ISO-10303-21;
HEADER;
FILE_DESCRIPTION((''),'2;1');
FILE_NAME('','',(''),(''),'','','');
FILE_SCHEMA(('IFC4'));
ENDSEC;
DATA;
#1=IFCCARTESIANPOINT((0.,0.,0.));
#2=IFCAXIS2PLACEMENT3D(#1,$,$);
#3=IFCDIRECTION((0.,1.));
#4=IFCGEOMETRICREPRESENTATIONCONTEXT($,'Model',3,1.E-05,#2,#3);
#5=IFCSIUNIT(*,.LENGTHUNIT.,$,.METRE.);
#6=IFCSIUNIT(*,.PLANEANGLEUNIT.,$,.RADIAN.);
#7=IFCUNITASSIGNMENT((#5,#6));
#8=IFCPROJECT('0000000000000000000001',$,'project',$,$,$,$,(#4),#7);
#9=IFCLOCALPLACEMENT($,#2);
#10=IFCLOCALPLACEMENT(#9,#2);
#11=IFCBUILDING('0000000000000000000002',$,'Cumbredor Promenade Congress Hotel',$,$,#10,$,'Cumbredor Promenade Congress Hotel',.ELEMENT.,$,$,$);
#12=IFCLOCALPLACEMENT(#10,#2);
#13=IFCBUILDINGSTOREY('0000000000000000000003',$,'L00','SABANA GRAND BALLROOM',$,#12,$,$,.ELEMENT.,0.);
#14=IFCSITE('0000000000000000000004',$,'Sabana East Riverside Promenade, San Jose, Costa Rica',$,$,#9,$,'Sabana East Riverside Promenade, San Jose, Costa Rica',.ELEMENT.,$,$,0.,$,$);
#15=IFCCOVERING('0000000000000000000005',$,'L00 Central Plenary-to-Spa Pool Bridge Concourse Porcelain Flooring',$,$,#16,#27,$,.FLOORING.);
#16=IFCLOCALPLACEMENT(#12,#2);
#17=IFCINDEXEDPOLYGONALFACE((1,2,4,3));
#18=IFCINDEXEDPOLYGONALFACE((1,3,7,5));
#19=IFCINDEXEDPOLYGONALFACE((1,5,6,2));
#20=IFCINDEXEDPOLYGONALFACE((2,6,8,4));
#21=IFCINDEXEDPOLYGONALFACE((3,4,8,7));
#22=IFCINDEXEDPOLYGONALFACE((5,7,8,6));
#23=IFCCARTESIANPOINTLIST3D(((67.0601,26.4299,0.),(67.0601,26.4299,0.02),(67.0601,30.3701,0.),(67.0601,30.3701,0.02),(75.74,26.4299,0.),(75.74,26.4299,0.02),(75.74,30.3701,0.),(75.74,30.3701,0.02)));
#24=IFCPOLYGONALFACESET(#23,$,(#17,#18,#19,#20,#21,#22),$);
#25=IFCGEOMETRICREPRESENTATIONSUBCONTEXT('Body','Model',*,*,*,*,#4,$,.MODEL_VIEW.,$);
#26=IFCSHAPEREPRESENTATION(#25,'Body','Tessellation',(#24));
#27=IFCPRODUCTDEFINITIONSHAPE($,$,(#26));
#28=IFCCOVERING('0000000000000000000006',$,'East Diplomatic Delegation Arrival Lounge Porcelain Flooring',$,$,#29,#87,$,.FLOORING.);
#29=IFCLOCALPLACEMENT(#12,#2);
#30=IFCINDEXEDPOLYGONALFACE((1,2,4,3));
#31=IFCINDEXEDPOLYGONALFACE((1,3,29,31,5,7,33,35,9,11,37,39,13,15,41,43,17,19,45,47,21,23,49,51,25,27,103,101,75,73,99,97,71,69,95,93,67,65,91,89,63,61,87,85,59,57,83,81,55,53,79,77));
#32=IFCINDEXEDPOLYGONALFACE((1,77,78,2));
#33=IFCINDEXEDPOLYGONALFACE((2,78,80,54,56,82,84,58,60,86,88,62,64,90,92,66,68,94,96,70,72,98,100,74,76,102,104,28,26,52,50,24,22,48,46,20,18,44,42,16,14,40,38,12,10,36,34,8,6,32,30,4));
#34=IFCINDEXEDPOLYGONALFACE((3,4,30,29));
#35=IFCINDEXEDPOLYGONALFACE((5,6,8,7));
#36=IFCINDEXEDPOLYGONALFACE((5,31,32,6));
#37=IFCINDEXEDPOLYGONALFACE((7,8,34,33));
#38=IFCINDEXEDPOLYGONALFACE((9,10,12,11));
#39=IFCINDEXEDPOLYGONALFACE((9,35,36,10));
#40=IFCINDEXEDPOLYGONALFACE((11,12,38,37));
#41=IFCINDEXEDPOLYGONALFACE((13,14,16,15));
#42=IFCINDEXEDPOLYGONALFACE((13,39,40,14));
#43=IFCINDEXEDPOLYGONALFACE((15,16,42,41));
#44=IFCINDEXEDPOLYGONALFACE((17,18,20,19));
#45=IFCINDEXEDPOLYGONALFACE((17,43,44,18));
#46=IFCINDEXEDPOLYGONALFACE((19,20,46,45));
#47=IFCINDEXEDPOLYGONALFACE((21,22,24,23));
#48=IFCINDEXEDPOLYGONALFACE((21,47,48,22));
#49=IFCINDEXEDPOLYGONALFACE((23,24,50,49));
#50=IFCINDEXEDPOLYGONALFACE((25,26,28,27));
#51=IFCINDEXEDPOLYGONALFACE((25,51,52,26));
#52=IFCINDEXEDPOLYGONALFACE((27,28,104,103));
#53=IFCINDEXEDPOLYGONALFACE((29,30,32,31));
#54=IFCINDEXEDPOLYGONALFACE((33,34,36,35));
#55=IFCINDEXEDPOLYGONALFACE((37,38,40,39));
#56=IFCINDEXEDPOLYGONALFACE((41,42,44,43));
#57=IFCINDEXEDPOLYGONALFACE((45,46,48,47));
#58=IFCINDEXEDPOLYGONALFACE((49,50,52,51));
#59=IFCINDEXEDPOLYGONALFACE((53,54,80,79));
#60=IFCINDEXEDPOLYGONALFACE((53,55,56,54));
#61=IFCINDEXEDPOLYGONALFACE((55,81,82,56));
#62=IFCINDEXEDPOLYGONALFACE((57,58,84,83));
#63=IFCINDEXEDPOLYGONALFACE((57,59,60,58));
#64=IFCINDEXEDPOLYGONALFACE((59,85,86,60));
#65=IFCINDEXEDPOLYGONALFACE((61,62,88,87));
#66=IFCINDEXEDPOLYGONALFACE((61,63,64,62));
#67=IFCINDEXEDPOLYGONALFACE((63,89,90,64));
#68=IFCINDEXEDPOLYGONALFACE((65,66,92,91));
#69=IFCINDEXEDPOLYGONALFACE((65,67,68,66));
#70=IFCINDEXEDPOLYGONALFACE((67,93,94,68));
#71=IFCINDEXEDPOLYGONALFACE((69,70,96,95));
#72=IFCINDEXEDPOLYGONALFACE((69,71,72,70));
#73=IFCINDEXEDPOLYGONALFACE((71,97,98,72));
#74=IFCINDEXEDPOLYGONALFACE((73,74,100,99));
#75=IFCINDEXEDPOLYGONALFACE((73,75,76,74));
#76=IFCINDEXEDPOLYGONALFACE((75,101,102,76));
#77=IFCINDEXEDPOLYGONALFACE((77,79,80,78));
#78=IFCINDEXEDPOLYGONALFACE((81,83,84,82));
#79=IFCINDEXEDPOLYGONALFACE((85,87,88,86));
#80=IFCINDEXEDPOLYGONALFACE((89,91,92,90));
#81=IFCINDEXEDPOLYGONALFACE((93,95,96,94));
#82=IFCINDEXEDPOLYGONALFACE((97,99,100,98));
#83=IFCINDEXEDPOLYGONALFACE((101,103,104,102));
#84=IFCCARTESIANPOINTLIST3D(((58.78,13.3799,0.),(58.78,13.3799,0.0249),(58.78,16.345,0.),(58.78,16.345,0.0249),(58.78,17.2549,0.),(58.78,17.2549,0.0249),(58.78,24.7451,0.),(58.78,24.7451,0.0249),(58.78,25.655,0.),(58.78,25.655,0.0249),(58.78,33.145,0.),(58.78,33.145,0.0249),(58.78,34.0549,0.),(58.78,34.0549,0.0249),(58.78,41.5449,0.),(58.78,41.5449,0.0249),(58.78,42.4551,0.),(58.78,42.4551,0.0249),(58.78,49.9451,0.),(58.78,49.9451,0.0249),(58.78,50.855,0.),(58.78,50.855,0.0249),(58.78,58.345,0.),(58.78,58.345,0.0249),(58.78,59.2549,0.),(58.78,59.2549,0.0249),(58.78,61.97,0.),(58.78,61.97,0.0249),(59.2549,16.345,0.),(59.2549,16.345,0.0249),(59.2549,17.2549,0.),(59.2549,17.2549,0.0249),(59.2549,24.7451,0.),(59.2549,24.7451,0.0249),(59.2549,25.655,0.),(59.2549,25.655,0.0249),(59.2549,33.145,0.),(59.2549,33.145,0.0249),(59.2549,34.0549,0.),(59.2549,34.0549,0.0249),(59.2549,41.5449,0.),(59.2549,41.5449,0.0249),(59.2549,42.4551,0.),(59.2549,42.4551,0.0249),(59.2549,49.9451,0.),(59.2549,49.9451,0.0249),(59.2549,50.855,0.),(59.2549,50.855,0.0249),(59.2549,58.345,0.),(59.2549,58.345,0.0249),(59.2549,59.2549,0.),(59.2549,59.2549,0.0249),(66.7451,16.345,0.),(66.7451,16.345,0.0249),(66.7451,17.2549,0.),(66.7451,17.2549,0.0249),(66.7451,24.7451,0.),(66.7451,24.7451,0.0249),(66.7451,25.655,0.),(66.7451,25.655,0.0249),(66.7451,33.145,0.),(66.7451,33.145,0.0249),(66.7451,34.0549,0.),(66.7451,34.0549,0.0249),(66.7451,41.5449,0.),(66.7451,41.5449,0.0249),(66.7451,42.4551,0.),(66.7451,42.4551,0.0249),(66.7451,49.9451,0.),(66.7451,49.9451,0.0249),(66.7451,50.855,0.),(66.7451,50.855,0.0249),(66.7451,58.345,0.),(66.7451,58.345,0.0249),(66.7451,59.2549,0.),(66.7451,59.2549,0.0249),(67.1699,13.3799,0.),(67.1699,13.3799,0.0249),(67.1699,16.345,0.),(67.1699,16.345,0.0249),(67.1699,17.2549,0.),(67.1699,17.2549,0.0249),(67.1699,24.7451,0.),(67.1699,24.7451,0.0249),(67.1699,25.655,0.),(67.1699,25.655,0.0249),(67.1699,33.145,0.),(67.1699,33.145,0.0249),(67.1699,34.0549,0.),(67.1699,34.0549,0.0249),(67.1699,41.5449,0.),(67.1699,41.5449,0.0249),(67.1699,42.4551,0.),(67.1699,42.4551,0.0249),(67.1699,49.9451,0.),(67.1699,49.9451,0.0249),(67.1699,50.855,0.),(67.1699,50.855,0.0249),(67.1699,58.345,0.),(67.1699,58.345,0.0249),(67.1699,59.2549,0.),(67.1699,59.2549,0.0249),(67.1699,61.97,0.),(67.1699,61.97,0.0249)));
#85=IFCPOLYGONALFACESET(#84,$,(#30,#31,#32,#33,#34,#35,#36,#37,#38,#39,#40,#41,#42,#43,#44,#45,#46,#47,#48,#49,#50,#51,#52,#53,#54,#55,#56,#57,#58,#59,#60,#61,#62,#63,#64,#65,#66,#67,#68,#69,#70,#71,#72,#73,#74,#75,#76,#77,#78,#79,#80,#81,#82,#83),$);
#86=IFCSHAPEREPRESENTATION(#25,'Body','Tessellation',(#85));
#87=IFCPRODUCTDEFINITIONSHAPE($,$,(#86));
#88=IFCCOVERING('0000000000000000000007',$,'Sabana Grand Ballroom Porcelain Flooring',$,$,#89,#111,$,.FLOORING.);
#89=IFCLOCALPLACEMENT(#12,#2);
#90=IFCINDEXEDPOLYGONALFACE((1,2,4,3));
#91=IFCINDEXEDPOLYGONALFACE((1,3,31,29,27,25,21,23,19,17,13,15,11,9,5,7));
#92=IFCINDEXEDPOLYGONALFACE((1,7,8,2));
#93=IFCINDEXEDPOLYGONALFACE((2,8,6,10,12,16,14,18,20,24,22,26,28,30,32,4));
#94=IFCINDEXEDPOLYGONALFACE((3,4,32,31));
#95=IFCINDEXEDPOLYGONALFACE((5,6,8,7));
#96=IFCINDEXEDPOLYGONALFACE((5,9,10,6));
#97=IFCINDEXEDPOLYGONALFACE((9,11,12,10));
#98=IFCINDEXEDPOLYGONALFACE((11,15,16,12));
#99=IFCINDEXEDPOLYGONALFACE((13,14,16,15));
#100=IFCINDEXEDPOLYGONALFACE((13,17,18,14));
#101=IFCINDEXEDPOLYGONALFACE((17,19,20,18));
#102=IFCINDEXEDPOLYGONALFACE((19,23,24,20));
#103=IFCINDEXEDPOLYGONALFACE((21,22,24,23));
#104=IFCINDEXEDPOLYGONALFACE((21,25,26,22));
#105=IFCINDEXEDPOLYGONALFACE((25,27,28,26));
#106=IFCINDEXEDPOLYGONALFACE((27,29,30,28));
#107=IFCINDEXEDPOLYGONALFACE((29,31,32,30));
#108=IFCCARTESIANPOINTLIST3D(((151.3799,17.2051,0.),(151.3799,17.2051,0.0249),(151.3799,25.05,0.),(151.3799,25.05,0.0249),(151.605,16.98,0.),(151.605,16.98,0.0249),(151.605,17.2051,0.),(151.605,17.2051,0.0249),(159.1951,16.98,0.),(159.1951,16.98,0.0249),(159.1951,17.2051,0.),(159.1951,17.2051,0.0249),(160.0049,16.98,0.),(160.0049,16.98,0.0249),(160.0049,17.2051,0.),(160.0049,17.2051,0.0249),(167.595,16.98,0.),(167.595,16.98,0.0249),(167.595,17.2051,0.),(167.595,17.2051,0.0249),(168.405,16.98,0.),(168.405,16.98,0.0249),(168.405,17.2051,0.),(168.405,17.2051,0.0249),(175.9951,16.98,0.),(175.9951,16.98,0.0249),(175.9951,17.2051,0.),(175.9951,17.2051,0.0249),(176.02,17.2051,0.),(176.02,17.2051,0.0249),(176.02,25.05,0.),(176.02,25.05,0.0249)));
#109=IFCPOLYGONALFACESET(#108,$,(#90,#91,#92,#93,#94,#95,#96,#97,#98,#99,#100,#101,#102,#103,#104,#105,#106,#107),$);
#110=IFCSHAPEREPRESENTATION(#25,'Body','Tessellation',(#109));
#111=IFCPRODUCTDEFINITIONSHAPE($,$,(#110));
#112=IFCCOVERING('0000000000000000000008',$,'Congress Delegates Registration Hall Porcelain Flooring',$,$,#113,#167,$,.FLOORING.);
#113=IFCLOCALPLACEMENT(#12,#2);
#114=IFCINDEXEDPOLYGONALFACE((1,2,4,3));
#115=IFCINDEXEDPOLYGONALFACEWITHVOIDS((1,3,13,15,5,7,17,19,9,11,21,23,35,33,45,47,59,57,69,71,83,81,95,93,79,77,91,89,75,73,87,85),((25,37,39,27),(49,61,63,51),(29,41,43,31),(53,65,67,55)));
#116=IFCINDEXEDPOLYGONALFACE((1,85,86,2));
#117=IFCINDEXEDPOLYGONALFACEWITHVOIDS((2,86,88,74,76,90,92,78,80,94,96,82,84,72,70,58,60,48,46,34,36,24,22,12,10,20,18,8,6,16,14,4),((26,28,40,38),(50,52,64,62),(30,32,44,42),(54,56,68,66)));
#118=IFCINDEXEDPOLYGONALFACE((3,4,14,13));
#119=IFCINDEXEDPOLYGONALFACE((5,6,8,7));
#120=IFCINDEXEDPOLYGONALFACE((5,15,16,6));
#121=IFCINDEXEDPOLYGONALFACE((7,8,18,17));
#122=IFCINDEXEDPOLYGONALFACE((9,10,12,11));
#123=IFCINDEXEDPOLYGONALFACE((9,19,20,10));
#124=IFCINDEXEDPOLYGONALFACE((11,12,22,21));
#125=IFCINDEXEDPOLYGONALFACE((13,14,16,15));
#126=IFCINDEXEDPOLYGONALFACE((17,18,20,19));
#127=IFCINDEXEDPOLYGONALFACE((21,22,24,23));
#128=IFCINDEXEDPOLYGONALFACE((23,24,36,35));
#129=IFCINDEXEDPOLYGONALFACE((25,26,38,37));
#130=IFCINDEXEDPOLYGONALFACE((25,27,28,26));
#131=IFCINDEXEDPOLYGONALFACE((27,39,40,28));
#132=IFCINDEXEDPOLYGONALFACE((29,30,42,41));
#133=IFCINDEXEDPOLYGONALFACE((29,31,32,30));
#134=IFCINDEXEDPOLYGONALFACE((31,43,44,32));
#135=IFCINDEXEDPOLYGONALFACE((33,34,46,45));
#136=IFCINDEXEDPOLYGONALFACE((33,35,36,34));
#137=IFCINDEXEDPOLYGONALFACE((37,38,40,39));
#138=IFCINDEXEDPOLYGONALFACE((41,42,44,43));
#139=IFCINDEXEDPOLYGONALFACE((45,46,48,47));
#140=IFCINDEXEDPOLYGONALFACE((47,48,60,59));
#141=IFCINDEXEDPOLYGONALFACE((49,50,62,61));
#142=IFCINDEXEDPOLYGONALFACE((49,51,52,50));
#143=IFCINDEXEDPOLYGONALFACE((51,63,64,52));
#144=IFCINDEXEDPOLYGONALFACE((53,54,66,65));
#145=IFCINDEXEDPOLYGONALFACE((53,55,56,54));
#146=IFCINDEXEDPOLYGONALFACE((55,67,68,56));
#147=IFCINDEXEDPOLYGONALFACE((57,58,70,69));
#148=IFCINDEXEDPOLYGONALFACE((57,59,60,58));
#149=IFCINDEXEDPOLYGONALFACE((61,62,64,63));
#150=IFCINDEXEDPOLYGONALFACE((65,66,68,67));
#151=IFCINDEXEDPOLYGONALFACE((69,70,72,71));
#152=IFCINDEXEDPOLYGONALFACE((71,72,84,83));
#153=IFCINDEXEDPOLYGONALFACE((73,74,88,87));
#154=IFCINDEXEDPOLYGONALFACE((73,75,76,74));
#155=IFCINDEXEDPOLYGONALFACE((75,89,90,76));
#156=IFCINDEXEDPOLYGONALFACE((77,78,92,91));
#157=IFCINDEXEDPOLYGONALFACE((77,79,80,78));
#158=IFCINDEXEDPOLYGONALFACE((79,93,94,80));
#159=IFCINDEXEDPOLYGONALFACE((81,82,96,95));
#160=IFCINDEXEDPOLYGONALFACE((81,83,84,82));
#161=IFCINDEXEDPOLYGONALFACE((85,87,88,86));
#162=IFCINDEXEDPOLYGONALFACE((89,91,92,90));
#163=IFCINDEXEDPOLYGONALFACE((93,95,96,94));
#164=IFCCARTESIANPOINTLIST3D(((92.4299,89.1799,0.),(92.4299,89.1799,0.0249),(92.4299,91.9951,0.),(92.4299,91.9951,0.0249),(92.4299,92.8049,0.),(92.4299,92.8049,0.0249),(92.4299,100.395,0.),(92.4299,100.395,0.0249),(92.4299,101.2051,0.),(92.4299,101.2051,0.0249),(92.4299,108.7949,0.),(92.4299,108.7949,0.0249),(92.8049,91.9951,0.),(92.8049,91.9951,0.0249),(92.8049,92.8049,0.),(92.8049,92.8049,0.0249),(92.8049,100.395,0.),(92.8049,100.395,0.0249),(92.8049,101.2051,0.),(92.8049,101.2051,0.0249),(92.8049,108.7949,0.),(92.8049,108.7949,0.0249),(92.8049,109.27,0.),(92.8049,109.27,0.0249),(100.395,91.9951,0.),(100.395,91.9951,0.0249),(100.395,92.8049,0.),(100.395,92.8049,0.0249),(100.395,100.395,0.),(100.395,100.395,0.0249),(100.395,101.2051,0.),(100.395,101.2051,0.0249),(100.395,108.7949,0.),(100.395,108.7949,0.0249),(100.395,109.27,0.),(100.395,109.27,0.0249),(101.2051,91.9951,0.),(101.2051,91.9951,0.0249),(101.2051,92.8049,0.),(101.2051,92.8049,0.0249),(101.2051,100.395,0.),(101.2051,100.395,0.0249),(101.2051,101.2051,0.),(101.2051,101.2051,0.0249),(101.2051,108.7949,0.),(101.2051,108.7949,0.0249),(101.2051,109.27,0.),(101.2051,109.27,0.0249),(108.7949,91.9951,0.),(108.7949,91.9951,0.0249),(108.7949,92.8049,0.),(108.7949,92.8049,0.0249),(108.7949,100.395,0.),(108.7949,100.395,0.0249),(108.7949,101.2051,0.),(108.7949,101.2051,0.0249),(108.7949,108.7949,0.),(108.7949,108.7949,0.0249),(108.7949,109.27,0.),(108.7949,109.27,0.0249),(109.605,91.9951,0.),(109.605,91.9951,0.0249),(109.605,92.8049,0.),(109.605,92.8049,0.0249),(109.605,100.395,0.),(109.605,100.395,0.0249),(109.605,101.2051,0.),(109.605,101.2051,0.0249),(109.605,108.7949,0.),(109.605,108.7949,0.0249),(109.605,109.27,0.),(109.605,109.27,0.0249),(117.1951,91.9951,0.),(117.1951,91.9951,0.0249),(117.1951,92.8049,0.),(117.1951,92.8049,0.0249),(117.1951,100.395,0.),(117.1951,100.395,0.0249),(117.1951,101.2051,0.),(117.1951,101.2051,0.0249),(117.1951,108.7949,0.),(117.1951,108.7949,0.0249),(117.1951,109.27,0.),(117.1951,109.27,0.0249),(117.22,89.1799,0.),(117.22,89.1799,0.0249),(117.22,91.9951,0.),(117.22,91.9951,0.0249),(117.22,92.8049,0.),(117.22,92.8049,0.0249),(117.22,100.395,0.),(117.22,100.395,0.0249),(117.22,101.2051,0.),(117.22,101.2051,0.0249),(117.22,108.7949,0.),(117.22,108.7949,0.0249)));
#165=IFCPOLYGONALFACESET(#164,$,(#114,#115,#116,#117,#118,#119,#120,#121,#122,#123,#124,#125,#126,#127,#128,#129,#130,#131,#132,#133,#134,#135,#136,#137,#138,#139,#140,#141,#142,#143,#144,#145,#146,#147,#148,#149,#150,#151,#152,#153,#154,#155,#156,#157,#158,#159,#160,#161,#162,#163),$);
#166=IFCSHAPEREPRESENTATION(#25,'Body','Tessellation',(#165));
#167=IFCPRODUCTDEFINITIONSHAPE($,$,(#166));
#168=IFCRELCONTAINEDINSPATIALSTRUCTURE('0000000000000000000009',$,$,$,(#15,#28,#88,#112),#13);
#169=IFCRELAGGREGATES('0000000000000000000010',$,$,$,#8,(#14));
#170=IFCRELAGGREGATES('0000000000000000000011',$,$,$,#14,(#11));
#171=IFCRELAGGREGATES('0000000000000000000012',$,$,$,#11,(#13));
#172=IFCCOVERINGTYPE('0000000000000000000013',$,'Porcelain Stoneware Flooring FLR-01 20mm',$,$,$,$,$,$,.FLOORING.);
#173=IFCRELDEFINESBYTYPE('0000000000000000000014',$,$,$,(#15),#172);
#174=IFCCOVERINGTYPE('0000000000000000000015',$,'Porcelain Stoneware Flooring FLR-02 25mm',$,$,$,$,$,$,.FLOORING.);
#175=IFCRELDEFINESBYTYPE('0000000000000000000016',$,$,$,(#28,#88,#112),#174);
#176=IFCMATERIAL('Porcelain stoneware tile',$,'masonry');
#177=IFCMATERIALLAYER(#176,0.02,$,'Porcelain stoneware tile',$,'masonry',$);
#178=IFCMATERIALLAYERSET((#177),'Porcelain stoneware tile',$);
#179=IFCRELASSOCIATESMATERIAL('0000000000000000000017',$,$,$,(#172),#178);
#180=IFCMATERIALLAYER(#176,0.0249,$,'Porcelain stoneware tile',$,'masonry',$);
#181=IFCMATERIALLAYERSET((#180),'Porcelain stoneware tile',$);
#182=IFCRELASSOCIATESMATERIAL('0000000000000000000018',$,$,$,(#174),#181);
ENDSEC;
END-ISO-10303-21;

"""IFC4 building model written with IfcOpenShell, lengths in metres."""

from ifc_helpers import new_model, si_unit, direction, origin, place, context, subcontext, project, spatial, polyline, outline, extrude, material, layer, layer_set, type_object, element, save


model = new_model("IFC4")

# Units and contexts
model_context = context("Model", 3, precision=1e-05, world=origin(), true_north=direction((0.0, 1.0)))
body_context = subcontext(model_context, "Body", "Model", "MODEL_VIEW")
ifc_project = project(units=[si_unit("LENGTHUNIT", "METRE"), si_unit("PLANEANGLEUNIT", "RADIAN")], contexts=[model_context])

# Site, building, storey
site_placement = place(None, origin())
site = spatial("IfcSite", under=ifc_project, at=site_placement, Name="Sabana East Riverside Promenade, San Jose, Costa Rica", LongName="Sabana East Riverside Promenade, San Jose, Costa Rica", CompositionType="ELEMENT", RefElevation=0.0)
building_placement = place(site_placement, origin())
building = spatial("IfcBuilding", under=site, at=building_placement, Name="Cumbredor Promenade Congress Hotel", LongName="Cumbredor Promenade Congress Hotel", CompositionType="ELEMENT")
storey_placement = place(building_placement, origin())
storey = spatial("IfcBuildingStorey", under=building, at=storey_placement, Name="L00", Description="SABANA GRAND BALLROOM", CompositionType="ELEMENT", Elevation=0.0)

# Coverings
ifc_material_1 = material(Name="Porcelain stoneware tile", Category="masonry")
ifc_layer_1 = layer(ifc_material_1, 0.02, Name="Porcelain stoneware tile", Category="masonry")
ifc_layer_set_1 = layer_set([ifc_layer_1], Name="Porcelain stoneware tile")
covering_type_1 = type_object("IfcCoveringType", Name="Porcelain Stoneware Flooring FLR-01 20mm", PredefinedType="FLOORING", material=ifc_layer_set_1)
covering_1_placement = place(storey_placement, origin())
element("IfcCovering", 1, at=covering_1_placement, inside=storey, type_object=covering_type_1, Name="L00 Central Plenary-to-Spa Pool Bridge Concourse Porcelain Flooring", PredefinedType="FLOORING", context=body_context, shape_type="SweptSolid", body=[
    extrude(outline(polyline([(67.0601, 26.4299), (67.0601, 30.3701), (75.74, 30.3701), (75.74, 26.4299), (67.0601, 26.4299)])), origin(), (0.0, 0.0, 1.0), 0.02),
])
ifc_layer_2 = layer(ifc_material_1, 0.0249, Name="Porcelain stoneware tile", Category="masonry")
ifc_layer_set_2 = layer_set([ifc_layer_2], Name="Porcelain stoneware tile")
covering_type_2 = type_object("IfcCoveringType", Name="Porcelain Stoneware Flooring FLR-02 25mm", PredefinedType="FLOORING", material=ifc_layer_set_2)
covering_2_placement = place(storey_placement, origin())
element("IfcCovering", 2, at=covering_2_placement, inside=storey, type_object=covering_type_2, Name="East Diplomatic Delegation Arrival Lounge Porcelain Flooring", PredefinedType="FLOORING", context=body_context, shape_type="SweptSolid", body=[
    extrude(outline(polyline([(58.78, 34.0549), (58.78, 41.5449), (59.2549, 41.5449), (59.2549, 42.4551), (58.78, 42.4551), (58.78, 49.9451), (59.2549, 49.9451), (59.2549, 50.855), (58.78, 50.855), (58.78, 58.345), (59.2549, 58.345), (59.2549, 59.2549), (58.78, 59.2549), (58.78, 61.97), (67.1699, 61.97), (67.1699, 59.2549), (66.7451, 59.2549), (66.7451, 58.345), (67.1699, 58.345), (67.1699, 50.855), (66.7451, 50.855), (66.7451, 49.9451), (67.1699, 49.9451), (67.1699, 42.4551), (66.7451, 42.4551), (66.7451, 41.5449), (67.1699, 41.5449), (67.1699, 34.0549), (66.7451, 34.0549), (66.7451, 33.145), (67.1699, 33.145), (67.1699, 25.655), (66.7451, 25.655), (66.7451, 24.7451), (67.1699, 24.7451), (67.1699, 17.2549), (66.7451, 17.2549), (66.7451, 16.345), (67.1699, 16.345), (67.1699, 13.3799), (58.78, 13.3799), (58.78, 16.345), (59.2549, 16.345), (59.2549, 17.2549), (58.78, 17.2549), (58.78, 24.7451), (59.2549, 24.7451), (59.2549, 25.655), (58.78, 25.655), (58.78, 33.145), (59.2549, 33.145), (59.2549, 34.0549), (58.78, 34.0549)])), origin(), (0.0, 0.0, 1.0), 0.0249),
])
covering_3_placement = place(storey_placement, origin())
element("IfcCovering", 3, at=covering_3_placement, inside=storey, type_object=covering_type_2, Name="Sabana Grand Ballroom Porcelain Flooring", PredefinedType="FLOORING", context=body_context, shape_type="SweptSolid", body=[
    extrude(outline(polyline([(151.605, 17.2051), (151.3799, 17.2051), (151.3799, 25.05), (176.02, 25.05), (176.02, 17.2051), (175.9951, 17.2051), (175.9951, 16.98), (168.405, 16.98), (168.405, 17.2051), (167.595, 17.2051), (167.595, 16.98), (160.0049, 16.98), (160.0049, 17.2051), (159.1951, 17.2051), (159.1951, 16.98), (151.605, 16.98), (151.605, 17.2051)])), origin(), (0.0, 0.0, 1.0), 0.0249),
])
covering_4_placement = place(storey_placement, origin())
element("IfcCovering", 4, at=covering_4_placement, inside=storey, type_object=covering_type_2, Name="Congress Delegates Registration Hall Porcelain Flooring", PredefinedType="FLOORING", context=body_context, shape_type="SweptSolid", body=[
    extrude(outline(polyline([(100.395, 109.27), (100.395, 108.7949), (101.2051, 108.7949), (101.2051, 109.27), (108.7949, 109.27), (108.7949, 108.7949), (109.605, 108.7949), (109.605, 109.27), (117.1951, 109.27), (117.1951, 108.7949), (117.22, 108.7949), (117.22, 101.2051), (117.1951, 101.2051), (117.1951, 100.395), (117.22, 100.395), (117.22, 92.8049), (117.1951, 92.8049), (117.1951, 91.9951), (117.22, 91.9951), (117.22, 89.1799), (92.4299, 89.1799), (92.4299, 91.9951), (92.8049, 91.9951), (92.8049, 92.8049), (92.4299, 92.8049), (92.4299, 100.395), (92.8049, 100.395), (92.8049, 101.2051), (92.4299, 101.2051), (92.4299, 108.7949), (92.8049, 108.7949), (92.8049, 109.27), (100.395, 109.27)]), holes=[polyline([(101.2051, 92.8049), (100.395, 92.8049), (100.395, 91.9951), (101.2051, 91.9951), (101.2051, 92.8049)]), polyline([(101.2051, 100.395), (101.2051, 101.2051), (100.395, 101.2051), (100.395, 100.395), (101.2051, 100.395)]), polyline([(108.7949, 92.8049), (108.7949, 91.9951), (109.605, 91.9951), (109.605, 92.8049), (108.7949, 92.8049)]), polyline([(109.605, 101.2051), (108.7949, 101.2051), (108.7949, 100.395), (109.605, 100.395), (109.605, 101.2051)])]), origin(), (0.0, 0.0, 1.0), 0.0249),
])

save(model, "model.ifc")
